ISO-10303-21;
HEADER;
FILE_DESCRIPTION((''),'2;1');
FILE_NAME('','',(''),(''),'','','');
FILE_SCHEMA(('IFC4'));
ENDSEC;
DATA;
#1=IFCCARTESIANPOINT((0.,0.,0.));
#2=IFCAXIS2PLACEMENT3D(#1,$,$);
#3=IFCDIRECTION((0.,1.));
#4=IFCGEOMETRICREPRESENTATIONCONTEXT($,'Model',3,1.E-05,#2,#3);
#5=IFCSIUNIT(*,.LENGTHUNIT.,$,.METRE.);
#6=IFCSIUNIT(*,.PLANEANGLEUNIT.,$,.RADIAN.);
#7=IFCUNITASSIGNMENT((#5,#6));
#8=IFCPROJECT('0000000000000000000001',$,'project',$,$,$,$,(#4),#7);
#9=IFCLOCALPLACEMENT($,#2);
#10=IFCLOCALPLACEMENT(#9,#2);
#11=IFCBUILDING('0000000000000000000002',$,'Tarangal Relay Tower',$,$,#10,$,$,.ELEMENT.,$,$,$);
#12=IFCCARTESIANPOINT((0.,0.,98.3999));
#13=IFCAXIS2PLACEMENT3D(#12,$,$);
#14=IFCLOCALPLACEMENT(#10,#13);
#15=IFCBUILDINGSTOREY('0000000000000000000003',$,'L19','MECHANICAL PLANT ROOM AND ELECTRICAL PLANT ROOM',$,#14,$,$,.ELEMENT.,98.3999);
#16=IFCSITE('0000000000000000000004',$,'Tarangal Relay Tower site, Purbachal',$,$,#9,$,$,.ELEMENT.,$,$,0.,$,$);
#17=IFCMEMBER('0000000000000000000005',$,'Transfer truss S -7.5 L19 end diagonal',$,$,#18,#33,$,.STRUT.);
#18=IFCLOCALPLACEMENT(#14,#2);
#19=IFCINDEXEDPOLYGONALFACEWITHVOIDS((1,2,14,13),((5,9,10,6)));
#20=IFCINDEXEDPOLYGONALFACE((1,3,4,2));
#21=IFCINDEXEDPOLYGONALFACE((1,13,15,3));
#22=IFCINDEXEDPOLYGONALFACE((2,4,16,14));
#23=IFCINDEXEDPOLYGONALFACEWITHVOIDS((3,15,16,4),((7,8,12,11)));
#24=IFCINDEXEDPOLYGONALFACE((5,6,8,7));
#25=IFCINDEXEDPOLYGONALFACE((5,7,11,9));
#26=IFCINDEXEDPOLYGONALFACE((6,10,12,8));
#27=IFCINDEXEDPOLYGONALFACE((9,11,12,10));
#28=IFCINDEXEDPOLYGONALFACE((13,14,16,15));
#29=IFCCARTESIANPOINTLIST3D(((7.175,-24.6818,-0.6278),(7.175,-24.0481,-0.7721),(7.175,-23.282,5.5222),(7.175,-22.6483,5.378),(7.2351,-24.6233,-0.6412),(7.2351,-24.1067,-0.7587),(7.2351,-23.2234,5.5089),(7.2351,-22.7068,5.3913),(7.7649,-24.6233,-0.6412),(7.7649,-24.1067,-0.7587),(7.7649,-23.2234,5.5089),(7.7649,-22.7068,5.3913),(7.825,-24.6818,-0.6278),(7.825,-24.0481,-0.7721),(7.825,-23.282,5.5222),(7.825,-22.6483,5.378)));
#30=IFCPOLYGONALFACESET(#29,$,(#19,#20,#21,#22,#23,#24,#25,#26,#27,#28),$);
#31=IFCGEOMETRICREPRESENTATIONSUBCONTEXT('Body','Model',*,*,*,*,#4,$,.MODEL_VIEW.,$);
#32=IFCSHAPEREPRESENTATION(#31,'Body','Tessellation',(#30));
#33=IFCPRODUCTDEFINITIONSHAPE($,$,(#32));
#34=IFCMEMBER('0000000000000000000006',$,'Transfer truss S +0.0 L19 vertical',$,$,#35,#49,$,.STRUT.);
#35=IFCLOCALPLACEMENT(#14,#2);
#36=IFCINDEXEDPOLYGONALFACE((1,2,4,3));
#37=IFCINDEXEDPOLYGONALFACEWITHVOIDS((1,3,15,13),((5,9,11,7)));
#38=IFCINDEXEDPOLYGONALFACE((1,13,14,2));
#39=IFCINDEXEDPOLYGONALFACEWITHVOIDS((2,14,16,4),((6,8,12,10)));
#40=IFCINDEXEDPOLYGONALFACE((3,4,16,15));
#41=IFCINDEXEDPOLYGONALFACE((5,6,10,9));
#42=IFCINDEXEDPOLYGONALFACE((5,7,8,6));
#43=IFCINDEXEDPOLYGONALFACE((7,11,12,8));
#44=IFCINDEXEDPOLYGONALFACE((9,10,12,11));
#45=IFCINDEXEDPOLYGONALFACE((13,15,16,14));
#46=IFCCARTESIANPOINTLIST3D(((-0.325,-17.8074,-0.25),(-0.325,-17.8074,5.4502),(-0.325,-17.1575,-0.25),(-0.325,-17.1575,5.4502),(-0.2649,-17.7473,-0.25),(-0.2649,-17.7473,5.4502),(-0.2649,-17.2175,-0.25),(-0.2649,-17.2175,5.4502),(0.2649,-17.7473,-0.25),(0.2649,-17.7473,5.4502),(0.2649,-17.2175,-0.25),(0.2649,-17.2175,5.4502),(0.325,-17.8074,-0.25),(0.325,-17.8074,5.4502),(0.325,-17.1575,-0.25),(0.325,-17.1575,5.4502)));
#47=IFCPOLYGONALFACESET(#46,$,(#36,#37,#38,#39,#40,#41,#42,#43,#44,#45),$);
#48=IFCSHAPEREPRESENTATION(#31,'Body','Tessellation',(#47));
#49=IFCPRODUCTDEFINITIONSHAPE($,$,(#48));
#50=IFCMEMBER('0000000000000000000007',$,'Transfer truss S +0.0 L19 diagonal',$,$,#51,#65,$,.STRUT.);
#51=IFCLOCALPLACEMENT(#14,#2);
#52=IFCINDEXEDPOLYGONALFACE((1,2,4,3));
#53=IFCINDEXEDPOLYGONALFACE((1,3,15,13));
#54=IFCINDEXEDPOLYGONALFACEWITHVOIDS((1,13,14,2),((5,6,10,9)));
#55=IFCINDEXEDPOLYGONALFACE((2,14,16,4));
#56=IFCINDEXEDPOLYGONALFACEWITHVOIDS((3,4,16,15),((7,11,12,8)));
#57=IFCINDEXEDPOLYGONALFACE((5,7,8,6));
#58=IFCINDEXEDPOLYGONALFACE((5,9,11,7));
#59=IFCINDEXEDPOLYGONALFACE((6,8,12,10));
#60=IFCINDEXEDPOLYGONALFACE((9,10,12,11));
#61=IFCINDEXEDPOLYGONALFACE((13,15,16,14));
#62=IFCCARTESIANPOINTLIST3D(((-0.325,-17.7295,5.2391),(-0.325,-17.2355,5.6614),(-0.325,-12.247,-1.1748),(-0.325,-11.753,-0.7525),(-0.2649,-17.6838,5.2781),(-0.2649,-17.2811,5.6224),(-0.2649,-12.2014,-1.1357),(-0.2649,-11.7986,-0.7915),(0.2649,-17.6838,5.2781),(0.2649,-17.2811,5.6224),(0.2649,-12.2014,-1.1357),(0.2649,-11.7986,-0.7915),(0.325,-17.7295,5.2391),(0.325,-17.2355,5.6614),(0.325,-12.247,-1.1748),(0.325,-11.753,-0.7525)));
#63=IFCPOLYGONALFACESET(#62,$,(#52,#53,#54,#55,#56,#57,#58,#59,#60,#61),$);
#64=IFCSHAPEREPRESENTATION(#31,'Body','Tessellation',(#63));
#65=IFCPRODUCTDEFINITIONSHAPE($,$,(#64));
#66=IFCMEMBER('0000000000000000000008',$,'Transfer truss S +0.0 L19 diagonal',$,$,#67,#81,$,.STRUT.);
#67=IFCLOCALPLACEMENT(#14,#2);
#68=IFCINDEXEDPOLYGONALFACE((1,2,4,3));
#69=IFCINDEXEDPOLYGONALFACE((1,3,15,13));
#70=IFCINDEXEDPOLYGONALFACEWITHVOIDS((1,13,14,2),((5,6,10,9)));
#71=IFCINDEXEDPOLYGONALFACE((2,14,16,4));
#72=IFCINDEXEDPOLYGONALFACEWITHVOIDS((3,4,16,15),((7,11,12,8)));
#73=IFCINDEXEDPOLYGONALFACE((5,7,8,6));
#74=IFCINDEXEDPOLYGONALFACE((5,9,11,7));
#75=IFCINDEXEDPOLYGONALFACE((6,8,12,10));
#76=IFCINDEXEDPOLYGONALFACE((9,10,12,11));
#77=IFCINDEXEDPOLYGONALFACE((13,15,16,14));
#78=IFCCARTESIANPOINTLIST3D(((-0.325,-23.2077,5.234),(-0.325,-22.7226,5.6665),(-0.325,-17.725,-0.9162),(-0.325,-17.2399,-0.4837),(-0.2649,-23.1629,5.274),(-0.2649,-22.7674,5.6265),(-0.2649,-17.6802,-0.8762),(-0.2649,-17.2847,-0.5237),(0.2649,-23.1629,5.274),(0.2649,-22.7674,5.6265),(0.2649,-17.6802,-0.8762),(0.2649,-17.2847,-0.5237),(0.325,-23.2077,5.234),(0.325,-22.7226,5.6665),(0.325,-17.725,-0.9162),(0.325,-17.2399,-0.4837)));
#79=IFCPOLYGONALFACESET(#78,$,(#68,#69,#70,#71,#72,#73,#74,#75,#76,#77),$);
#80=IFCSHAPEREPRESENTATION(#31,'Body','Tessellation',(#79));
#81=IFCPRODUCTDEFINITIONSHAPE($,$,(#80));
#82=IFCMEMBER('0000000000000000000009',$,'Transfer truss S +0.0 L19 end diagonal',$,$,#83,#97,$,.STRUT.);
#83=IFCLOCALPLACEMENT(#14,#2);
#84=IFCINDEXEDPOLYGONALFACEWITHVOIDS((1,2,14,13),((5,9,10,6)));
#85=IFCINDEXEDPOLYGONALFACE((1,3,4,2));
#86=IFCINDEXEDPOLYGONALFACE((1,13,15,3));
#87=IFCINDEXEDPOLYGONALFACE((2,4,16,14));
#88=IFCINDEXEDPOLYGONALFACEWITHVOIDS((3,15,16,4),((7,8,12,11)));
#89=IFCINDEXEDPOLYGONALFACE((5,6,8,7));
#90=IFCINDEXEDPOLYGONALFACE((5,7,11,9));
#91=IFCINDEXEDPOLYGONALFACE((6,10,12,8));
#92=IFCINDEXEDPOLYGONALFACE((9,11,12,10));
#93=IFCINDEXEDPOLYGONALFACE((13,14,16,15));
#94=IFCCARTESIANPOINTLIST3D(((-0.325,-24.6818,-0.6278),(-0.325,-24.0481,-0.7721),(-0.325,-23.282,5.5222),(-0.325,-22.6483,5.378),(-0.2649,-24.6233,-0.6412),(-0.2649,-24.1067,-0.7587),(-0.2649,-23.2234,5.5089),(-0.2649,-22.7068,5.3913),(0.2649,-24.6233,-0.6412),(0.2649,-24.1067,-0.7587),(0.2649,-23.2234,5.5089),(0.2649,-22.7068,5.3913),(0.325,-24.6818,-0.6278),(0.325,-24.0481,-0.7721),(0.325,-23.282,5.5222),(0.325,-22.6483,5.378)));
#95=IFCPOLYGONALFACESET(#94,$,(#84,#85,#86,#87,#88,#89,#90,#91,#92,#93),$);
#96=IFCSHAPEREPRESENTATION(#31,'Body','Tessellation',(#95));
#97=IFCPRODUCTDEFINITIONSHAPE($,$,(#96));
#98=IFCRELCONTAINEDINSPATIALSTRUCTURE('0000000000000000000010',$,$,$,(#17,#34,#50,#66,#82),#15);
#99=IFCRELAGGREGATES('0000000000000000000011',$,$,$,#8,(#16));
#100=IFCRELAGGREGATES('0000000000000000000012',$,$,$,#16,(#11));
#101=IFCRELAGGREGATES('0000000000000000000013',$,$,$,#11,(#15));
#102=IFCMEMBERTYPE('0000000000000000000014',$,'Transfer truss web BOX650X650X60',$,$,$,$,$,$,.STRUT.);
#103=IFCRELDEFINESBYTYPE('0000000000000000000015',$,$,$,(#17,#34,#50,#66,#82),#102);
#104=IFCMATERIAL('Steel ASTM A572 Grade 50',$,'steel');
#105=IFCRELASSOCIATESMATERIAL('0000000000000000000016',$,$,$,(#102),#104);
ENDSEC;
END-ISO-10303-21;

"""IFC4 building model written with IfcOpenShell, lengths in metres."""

from ifc_helpers import new_model, si_unit, direction, frame, origin, origin_2d, place, context, subcontext, project, spatial, hollow_rectangle, extrude, material, material_profile, profile_set, type_object, element, save


model = new_model("IFC4")

# Units and contexts
model_context = context("Model", 3, precision=1e-05, world=origin(), true_north=direction((0.0, 1.0)))
body_context = subcontext(model_context, "Body", "Model", "MODEL_VIEW")
ifc_project = project(units=[si_unit("LENGTHUNIT", "METRE"), si_unit("PLANEANGLEUNIT", "RADIAN")], contexts=[model_context])

# Site, building, storey
site_placement = place(None, origin())
site = spatial("IfcSite", under=ifc_project, at=site_placement, Name="Tarangal Relay Tower site, Purbachal", CompositionType="ELEMENT", RefElevation=0.0)
building_placement = place(site_placement, origin())
building = spatial("IfcBuilding", under=site, at=building_placement, Name="Tarangal Relay Tower", CompositionType="ELEMENT")
storey_placement = place(building_placement, frame((0.0, 0.0, 98.3999)))
storey = spatial("IfcBuildingStorey", under=building, at=storey_placement, Name="L19", Description="MECHANICAL PLANT ROOM AND ELECTRICAL PLANT ROOM", CompositionType="ELEMENT", Elevation=98.3999)

# Shared definitions
ifc_material_1 = material(Name="Steel ASTM A572 Grade 50", Category="steel")

# Members
ifc_material_profile_1 = material_profile(ifc_material_1, hollow_rectangle(XDim=0.6499, YDim=0.6499, WallThickness=0.0601, at=origin_2d()), Name="BOX650X650X60")
ifc_profile_set_1 = profile_set([ifc_material_profile_1], Name="Steel ASTM A572 Grade 50")
member_type_1 = type_object("IfcMemberType", Name="Transfer truss web BOX650X650X60", PredefinedType="STRUT", material=ifc_profile_set_1)
member_1_placement = place(storey_placement, frame((7.5, -24.365, -0.7), z_axis=(0.0, 0.221944, 0.975059), x_axis=(-1.0, 0.0, 0.0)))
element("IfcMember", 1, at=member_1_placement, inside=storey, type_object=member_type_1, Name="Transfer truss S -7.5 L19 end diagonal", PredefinedType="STRUT", context=body_context, shape_type="SweptSolid", body=[
    extrude(hollow_rectangle(XDim=0.6499, YDim=0.6499, WallThickness=0.0601, at=origin_2d()), origin(), (0.0, 0.0, 1.0), 6.3074),
])
member_2_placement = place(storey_placement, frame((0.0, -17.4824, -0.25), z_axis=(0.0, 0.0, 1.0), x_axis=(1.0, 0.0, 0.0)))
element("IfcMember", 2, at=member_2_placement, inside=storey, type_object=member_type_1, Name="Transfer truss S +0.0 L19 vertical", PredefinedType="STRUT", context=body_context, shape_type="SweptSolid", body=[
    extrude(hollow_rectangle(XDim=0.6499, YDim=0.6499, WallThickness=0.0601, at=origin_2d()), origin(), (0.0, 0.0, 1.0), 5.7002),
])
member_3_placement = place(storey_placement, frame((0.0, -12.0, -0.9636), z_axis=(0.0, -0.649757, 0.760142), x_axis=(1.0, 0.0, 0.0)))
element("IfcMember", 3, at=member_3_placement, inside=storey, type_object=member_type_1, Name="Transfer truss S +0.0 L19 diagonal", PredefinedType="STRUT", context=body_context, shape_type="SweptSolid", body=[
    extrude(hollow_rectangle(XDim=0.6499, YDim=0.6499, WallThickness=0.0601, at=origin_2d()), origin(), (0.0, 0.0, 1.0), 8.4377),
])
member_4_placement = place(storey_placement, frame((0.0, -17.4824, -0.7), z_axis=(0.0, -0.665439, 0.746452), x_axis=(1.0, 0.0, 0.0)))
element("IfcMember", 4, at=member_4_placement, inside=storey, type_object=member_type_1, Name="Transfer truss S +0.0 L19 diagonal", PredefinedType="STRUT", context=body_context, shape_type="SweptSolid", body=[
    extrude(hollow_rectangle(XDim=0.6499, YDim=0.6499, WallThickness=0.0601, at=origin_2d()), origin(), (0.0, 0.0, 1.0), 8.2393),
])
member_5_placement = place(storey_placement, frame((0.0, -24.365, -0.7), z_axis=(0.0, 0.221944, 0.975059), x_axis=(-1.0, 0.0, 0.0)))
element("IfcMember", 5, at=member_5_placement, inside=storey, type_object=member_type_1, Name="Transfer truss S +0.0 L19 end diagonal", PredefinedType="STRUT", context=body_context, shape_type="SweptSolid", body=[
    extrude(hollow_rectangle(XDim=0.6499, YDim=0.6499, WallThickness=0.0601, at=origin_2d()), origin(), (0.0, 0.0, 1.0), 6.3074),
])

save(model, "model.ifc")
